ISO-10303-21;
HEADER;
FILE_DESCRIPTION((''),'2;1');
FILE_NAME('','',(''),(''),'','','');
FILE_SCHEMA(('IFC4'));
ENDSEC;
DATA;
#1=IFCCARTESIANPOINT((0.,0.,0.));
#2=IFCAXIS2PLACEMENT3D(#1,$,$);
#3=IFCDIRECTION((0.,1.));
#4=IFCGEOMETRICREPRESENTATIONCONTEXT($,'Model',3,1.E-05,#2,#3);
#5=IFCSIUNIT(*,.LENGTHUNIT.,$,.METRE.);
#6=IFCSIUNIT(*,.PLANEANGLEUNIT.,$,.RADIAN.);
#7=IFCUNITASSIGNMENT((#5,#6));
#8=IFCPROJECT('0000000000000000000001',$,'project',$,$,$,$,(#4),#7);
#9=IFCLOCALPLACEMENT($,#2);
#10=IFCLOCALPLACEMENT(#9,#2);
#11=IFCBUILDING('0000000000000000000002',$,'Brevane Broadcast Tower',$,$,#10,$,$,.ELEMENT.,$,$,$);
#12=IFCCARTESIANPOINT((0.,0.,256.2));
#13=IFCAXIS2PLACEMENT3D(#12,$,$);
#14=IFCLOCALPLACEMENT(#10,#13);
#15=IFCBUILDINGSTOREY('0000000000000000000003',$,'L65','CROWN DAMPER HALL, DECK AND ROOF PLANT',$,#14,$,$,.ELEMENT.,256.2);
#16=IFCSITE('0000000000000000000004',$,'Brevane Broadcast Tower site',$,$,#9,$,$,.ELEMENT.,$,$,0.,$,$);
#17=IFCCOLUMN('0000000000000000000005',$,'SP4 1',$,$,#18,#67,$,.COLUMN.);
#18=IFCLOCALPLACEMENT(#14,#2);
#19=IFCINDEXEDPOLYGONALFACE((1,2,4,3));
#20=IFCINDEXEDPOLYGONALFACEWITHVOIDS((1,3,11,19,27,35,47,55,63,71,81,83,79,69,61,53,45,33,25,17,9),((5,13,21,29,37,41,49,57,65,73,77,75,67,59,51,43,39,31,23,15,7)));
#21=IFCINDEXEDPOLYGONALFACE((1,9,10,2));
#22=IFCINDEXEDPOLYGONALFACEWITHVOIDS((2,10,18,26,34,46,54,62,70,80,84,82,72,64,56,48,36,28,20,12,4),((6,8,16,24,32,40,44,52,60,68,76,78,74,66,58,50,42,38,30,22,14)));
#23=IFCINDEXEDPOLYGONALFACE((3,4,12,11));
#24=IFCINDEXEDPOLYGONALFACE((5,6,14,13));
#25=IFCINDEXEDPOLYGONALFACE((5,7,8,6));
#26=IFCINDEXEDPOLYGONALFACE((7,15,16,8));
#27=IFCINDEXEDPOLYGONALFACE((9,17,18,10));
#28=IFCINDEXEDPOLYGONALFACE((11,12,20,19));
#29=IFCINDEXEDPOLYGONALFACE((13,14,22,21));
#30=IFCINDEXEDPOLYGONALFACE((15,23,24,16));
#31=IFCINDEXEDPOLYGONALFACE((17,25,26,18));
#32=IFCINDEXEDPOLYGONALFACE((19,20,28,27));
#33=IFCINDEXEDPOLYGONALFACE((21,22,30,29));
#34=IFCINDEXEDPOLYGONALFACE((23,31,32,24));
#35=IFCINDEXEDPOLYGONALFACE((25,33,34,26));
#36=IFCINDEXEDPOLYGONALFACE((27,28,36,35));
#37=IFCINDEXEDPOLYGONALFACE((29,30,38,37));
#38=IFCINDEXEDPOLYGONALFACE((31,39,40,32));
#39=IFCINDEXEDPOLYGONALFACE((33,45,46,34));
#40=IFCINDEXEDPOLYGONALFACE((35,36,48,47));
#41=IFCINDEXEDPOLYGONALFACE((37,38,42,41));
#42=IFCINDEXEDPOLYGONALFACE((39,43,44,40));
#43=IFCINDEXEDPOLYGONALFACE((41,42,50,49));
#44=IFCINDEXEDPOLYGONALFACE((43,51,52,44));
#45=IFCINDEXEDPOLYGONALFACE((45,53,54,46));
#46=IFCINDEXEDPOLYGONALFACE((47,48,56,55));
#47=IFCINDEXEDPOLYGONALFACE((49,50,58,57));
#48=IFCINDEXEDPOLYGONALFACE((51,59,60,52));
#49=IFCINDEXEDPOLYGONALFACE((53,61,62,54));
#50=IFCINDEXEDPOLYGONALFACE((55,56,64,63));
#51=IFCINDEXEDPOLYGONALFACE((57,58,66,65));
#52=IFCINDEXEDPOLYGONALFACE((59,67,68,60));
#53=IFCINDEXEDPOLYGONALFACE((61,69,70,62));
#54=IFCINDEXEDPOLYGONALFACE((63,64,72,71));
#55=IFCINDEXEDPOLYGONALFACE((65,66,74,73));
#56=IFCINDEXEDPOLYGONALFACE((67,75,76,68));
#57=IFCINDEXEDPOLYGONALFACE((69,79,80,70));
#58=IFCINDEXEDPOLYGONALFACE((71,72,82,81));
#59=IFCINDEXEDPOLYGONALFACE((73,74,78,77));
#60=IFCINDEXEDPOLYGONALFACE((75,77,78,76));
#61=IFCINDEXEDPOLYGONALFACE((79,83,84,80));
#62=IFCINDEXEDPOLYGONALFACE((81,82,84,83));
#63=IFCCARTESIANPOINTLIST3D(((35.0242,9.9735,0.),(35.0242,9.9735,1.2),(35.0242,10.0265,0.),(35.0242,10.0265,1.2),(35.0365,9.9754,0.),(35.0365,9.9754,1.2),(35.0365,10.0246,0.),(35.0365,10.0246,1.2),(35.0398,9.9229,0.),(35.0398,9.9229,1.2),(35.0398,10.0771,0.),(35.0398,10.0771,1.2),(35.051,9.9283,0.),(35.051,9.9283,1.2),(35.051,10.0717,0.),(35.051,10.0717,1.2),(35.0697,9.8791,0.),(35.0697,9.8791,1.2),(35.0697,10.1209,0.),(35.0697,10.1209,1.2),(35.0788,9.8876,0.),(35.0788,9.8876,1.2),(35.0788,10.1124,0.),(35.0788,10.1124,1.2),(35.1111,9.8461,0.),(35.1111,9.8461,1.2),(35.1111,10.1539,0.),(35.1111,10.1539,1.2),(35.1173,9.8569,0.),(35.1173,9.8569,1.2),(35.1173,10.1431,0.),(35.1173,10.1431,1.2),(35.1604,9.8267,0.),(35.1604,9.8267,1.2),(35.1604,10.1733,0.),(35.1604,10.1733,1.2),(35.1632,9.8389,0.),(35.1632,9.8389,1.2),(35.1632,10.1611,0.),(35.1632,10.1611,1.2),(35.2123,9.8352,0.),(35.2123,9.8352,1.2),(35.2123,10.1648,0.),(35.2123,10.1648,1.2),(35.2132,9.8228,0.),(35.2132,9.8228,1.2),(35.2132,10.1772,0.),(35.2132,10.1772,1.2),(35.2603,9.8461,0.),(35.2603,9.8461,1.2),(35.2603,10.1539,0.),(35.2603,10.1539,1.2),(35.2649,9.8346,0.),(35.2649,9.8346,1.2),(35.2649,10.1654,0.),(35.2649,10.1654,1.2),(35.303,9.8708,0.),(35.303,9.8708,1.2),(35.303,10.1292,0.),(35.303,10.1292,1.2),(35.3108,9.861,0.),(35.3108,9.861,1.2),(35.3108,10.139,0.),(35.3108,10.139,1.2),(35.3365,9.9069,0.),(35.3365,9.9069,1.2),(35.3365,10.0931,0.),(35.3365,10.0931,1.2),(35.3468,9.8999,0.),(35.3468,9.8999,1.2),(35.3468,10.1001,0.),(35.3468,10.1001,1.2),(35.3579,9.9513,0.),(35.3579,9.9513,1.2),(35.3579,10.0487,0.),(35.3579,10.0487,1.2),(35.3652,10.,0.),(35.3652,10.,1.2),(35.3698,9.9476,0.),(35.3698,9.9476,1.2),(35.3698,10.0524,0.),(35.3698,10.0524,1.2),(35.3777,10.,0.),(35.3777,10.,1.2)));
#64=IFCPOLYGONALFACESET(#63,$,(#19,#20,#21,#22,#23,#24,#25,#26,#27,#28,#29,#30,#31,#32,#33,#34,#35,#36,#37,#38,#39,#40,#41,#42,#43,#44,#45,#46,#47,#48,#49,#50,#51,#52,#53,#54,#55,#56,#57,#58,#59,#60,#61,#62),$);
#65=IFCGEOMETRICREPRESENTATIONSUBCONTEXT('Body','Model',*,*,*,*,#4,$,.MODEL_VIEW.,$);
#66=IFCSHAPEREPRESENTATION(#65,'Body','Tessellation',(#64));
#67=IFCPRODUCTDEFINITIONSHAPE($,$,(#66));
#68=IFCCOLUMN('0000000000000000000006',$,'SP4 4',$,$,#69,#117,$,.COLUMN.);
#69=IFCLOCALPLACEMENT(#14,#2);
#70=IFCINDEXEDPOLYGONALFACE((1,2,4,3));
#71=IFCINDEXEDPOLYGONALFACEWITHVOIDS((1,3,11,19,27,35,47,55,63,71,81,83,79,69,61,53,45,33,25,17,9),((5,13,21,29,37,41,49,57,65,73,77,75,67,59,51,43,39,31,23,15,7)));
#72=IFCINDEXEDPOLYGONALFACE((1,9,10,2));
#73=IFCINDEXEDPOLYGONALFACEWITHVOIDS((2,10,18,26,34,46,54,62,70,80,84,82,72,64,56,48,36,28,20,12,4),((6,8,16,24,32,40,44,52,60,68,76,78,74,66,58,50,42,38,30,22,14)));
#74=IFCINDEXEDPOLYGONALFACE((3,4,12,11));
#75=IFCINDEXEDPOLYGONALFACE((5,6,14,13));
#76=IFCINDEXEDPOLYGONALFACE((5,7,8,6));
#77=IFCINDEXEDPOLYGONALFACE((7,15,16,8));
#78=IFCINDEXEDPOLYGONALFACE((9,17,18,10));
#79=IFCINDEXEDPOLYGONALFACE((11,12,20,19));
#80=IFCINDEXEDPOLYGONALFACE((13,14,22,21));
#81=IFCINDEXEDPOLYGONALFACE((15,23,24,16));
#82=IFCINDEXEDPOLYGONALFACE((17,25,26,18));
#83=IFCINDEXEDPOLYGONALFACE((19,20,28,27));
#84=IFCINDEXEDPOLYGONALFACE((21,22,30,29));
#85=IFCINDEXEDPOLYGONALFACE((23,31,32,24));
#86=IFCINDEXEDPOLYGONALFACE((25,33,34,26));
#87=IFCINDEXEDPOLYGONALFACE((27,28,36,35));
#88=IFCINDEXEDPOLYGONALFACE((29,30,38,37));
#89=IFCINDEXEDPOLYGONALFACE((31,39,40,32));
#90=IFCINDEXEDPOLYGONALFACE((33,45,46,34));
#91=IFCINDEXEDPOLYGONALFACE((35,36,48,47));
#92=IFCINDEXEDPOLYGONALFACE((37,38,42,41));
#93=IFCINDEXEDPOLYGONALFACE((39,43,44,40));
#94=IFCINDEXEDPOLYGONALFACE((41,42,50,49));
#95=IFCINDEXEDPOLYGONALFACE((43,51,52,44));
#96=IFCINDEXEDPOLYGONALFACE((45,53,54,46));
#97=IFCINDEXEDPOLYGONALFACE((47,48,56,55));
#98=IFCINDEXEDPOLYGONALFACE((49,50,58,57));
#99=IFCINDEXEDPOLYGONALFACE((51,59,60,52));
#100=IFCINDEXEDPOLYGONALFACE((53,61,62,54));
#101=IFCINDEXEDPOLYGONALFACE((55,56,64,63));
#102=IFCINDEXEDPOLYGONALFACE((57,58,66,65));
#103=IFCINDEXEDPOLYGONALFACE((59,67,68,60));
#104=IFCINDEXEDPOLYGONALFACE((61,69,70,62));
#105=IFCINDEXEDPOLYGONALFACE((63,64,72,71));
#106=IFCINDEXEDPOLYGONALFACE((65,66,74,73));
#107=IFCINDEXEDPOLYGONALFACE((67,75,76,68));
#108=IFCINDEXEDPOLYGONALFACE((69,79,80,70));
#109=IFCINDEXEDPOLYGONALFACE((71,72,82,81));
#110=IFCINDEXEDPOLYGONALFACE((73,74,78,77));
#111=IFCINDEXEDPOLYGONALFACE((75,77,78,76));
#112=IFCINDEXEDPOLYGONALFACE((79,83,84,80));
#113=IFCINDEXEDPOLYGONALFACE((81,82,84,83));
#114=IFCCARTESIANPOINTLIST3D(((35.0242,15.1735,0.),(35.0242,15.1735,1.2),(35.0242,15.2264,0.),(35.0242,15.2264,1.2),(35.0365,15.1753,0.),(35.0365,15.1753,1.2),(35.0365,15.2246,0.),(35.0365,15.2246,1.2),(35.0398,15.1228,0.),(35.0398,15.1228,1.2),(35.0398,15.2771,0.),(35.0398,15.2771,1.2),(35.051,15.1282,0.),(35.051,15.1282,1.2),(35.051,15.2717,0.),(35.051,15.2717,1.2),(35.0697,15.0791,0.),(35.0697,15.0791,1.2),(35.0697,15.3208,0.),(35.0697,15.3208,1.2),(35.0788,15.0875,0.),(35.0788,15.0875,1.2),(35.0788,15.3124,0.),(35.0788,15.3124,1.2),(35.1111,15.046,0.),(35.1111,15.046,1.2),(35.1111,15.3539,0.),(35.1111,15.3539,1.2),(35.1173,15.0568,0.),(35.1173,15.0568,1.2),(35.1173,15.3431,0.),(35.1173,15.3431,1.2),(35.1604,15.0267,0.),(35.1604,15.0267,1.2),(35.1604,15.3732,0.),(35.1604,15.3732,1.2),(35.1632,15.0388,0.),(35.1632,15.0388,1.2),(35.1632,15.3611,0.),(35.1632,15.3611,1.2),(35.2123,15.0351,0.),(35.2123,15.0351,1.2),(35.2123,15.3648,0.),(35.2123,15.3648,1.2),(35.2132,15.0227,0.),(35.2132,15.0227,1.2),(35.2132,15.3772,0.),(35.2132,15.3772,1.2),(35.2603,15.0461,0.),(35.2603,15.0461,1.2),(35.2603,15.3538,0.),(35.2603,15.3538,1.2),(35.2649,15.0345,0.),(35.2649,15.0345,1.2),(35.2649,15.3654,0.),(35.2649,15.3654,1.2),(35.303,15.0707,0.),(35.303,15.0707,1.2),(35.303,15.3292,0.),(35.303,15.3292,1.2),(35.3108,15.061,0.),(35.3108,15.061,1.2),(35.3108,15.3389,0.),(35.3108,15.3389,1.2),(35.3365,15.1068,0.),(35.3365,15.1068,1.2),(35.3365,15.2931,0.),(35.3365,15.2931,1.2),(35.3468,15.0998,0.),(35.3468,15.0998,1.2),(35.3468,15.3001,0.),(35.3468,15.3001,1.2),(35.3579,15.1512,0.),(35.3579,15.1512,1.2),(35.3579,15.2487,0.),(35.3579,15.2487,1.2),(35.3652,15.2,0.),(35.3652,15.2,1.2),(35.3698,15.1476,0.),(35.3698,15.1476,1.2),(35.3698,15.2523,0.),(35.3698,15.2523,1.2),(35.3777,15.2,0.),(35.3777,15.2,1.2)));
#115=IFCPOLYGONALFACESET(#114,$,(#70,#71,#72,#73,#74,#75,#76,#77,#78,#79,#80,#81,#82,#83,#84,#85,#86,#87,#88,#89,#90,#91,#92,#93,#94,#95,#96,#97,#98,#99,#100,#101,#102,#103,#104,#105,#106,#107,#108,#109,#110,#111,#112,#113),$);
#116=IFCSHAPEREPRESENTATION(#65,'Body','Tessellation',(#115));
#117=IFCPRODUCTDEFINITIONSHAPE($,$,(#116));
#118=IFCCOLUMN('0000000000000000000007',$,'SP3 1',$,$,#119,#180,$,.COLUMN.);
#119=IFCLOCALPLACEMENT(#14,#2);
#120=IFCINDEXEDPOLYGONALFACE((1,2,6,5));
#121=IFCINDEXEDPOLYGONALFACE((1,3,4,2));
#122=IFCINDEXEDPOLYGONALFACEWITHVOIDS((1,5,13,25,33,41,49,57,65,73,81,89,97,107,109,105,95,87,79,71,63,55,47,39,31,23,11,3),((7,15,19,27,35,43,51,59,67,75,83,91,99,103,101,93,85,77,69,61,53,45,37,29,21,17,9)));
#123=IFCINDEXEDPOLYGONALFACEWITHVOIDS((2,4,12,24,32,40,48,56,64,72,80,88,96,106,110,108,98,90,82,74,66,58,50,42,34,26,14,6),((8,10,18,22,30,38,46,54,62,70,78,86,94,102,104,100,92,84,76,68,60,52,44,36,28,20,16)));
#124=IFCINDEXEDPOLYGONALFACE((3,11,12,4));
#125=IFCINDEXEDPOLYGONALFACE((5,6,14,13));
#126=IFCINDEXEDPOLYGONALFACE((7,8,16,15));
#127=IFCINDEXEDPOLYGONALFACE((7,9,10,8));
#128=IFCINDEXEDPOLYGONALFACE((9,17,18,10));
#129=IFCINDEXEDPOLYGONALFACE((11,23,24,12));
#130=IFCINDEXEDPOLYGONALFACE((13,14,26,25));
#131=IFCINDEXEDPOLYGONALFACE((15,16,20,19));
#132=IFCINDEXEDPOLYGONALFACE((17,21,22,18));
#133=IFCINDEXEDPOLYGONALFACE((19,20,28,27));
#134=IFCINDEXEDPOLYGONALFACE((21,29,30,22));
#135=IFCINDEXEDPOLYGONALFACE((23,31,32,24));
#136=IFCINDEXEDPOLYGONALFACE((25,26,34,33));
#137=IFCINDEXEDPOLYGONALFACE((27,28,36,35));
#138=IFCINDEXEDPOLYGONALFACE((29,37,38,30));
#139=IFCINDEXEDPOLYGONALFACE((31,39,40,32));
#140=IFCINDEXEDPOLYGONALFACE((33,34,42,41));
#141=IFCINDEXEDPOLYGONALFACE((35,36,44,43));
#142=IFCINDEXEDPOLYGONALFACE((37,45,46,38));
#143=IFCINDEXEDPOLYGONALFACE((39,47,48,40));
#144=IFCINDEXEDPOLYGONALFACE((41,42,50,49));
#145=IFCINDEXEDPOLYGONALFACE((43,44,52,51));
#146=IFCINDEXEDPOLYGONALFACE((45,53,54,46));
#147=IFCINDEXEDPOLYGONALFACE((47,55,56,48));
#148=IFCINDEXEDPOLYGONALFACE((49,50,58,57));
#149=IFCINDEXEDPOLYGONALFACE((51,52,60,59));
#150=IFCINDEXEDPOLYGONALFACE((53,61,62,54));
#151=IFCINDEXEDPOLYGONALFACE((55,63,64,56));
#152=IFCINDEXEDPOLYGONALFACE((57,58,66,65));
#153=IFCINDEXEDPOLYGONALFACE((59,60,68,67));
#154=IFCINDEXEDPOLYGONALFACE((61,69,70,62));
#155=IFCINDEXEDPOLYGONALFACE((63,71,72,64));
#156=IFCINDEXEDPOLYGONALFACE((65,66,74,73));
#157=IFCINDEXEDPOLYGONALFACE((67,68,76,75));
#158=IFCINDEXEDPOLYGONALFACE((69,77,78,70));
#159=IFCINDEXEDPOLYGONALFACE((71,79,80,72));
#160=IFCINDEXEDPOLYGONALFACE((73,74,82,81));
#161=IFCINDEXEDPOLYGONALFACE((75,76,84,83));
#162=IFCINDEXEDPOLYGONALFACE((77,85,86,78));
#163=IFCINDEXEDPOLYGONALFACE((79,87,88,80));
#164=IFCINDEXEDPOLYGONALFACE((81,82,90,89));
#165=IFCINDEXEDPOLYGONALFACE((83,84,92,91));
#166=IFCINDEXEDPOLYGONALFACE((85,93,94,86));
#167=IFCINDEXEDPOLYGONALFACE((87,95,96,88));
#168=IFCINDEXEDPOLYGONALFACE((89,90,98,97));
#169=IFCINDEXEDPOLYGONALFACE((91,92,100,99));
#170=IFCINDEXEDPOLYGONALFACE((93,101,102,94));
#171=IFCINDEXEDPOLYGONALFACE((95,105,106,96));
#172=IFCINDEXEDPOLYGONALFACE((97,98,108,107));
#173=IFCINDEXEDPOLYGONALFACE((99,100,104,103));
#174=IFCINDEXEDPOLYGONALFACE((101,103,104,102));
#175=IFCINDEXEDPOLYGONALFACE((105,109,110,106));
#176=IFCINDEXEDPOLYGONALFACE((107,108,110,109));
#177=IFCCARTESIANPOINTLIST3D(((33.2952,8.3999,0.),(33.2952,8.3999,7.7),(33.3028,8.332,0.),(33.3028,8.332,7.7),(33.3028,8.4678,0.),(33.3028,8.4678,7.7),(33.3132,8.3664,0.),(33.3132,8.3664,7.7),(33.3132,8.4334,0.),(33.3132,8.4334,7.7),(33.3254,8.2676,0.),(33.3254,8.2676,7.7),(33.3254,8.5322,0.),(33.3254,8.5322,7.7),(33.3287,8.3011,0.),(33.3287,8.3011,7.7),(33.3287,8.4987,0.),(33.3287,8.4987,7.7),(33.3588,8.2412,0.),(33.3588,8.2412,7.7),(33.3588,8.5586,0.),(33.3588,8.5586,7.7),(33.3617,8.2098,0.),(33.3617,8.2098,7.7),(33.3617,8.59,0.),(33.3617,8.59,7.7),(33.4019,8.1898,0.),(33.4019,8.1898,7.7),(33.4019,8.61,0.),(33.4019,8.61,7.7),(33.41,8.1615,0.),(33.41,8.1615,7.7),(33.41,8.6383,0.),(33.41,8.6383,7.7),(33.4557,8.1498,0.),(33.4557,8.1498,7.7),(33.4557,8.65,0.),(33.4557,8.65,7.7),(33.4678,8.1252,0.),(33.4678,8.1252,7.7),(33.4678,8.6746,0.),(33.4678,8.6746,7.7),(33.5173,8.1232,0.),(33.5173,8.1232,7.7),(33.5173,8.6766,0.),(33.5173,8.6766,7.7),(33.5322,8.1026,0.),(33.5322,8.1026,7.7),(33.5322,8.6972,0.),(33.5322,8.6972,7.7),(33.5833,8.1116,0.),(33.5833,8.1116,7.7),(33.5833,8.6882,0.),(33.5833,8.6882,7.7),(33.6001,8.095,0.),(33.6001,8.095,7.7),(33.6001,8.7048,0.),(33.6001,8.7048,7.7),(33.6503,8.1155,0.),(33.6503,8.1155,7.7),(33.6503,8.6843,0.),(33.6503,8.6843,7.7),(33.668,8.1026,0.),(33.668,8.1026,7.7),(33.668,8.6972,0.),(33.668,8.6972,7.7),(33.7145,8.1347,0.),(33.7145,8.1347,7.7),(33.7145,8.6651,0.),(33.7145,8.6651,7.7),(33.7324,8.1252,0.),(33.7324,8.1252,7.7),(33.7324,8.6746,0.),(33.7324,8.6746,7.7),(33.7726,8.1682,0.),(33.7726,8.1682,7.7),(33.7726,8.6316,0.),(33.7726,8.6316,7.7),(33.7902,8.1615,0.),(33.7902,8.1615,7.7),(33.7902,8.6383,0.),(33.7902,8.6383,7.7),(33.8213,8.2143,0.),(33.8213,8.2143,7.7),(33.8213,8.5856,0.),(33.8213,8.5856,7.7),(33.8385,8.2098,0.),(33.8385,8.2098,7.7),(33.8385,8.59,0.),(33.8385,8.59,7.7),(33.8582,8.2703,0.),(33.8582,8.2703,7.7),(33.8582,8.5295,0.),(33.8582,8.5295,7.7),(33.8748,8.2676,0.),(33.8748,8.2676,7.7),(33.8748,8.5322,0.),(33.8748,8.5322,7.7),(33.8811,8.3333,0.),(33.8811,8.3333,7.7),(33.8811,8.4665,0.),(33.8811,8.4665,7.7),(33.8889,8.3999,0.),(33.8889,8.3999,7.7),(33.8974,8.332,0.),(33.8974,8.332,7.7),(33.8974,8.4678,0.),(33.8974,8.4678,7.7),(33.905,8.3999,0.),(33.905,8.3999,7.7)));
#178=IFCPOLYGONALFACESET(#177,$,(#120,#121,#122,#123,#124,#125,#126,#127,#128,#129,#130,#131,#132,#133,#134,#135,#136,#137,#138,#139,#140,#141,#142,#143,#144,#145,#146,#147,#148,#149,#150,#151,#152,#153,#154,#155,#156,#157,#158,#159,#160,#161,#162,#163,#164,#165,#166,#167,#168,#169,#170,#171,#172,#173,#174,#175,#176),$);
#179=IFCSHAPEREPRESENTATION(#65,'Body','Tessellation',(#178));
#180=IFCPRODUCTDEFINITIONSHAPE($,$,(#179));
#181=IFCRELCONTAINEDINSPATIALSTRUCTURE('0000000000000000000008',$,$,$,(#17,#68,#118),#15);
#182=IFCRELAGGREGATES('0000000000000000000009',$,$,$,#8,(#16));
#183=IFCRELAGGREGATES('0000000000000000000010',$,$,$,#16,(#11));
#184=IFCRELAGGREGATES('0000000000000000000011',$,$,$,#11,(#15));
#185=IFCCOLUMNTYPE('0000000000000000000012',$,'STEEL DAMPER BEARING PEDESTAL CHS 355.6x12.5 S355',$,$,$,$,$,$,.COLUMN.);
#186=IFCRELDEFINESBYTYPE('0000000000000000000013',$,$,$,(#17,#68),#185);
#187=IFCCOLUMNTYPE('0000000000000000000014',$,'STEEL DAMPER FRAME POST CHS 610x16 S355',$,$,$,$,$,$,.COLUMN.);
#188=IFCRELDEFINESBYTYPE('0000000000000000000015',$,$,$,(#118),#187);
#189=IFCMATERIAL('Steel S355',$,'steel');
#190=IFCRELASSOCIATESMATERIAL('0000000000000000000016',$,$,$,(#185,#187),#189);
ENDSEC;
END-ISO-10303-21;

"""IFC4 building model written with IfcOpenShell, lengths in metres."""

from ifc_helpers import new_model, si_unit, direction, frame, origin, origin_2d, place, context, subcontext, project, spatial, hollow_circle, extrude, material, material_profile, profile_set, type_object, element, save


model = new_model("IFC4")

# Units and contexts
model_context = context("Model", 3, precision=1e-05, world=origin(), true_north=direction((0.0, 1.0)))
body_context = subcontext(model_context, "Body", "Model", "MODEL_VIEW")
ifc_project = project(units=[si_unit("LENGTHUNIT", "METRE"), si_unit("PLANEANGLEUNIT", "RADIAN")], contexts=[model_context])

# Site, building, storey
site_placement = place(None, origin())
site = spatial("IfcSite", under=ifc_project, at=site_placement, Name="Brevane Broadcast Tower site", CompositionType="ELEMENT", RefElevation=0.0)
building_placement = place(site_placement, origin())
building = spatial("IfcBuilding", under=site, at=building_placement, Name="Brevane Broadcast Tower", CompositionType="ELEMENT")
storey_placement = place(building_placement, frame((0.0, 0.0, 256.2)))
storey = spatial("IfcBuildingStorey", under=building, at=storey_placement, Name="L65", Description="CROWN DAMPER HALL, DECK AND ROOF PLANT", CompositionType="ELEMENT", Elevation=256.2)

# Columns
ifc_material_1 = material(Name="Steel S355", Category="steel")
ifc_material_profile_1 = material_profile(ifc_material_1, hollow_circle(Radius=0.1777, WallThickness=0.0125, at=origin_2d()), Name="CHS 355.6x12.5")
ifc_profile_set_1 = profile_set([ifc_material_profile_1], Name="Steel S355")
column_type_1 = type_object("IfcColumnType", Name="STEEL DAMPER BEARING PEDESTAL CHS 355.6x12.5 S355", PredefinedType="COLUMN", material=ifc_profile_set_1)
for number, where, z_axis, x_axis, name in (
    (1, (35.2, 10.0, 0.0), (0.0, 0.0, 1.0), (1.0, 0.0, 0.0), "SP4 1"),
    (2, (35.2, 15.2, 0.0), (0.0, 0.0, 1.0), (1.0, 0.0, 0.0), "SP4 4"),
):
    element("IfcColumn", number, at=place(storey_placement, frame(where, z_axis=z_axis, x_axis=x_axis)), inside=storey, type_object=column_type_1, Name=name, PredefinedType="COLUMN", context=body_context, shape_type="SweptSolid", body=[
        extrude(hollow_circle(Radius=0.1777, WallThickness=0.0125, at=origin_2d()), origin(), (0.0, 0.0, 1.0), 1.2),
    ])
ifc_material_profile_2 = material_profile(ifc_material_1, hollow_circle(Radius=0.3049, WallThickness=0.0161, at=origin_2d()), Name="CHS 610x16")
ifc_profile_set_2 = profile_set([ifc_material_profile_2], Name="Steel S355")
column_type_2 = type_object("IfcColumnType", Name="STEEL DAMPER FRAME POST CHS 610x16 S355", PredefinedType="COLUMN", material=ifc_profile_set_2)
column_placement = place(storey_placement, frame((33.6001, 8.3999, 0.0), z_axis=(0.0, 0.0, 1.0), x_axis=(1.0, 0.0, 0.0)))
element("IfcColumn", 3, at=column_placement, inside=storey, type_object=column_type_2, Name="SP3 1", PredefinedType="COLUMN", context=body_context, shape_type="SweptSolid", body=[
    extrude(hollow_circle(Radius=0.3049, WallThickness=0.0161, at=origin_2d()), origin(), (0.0, 0.0, 1.0), 7.7),
])

save(model, "model.ifc")
